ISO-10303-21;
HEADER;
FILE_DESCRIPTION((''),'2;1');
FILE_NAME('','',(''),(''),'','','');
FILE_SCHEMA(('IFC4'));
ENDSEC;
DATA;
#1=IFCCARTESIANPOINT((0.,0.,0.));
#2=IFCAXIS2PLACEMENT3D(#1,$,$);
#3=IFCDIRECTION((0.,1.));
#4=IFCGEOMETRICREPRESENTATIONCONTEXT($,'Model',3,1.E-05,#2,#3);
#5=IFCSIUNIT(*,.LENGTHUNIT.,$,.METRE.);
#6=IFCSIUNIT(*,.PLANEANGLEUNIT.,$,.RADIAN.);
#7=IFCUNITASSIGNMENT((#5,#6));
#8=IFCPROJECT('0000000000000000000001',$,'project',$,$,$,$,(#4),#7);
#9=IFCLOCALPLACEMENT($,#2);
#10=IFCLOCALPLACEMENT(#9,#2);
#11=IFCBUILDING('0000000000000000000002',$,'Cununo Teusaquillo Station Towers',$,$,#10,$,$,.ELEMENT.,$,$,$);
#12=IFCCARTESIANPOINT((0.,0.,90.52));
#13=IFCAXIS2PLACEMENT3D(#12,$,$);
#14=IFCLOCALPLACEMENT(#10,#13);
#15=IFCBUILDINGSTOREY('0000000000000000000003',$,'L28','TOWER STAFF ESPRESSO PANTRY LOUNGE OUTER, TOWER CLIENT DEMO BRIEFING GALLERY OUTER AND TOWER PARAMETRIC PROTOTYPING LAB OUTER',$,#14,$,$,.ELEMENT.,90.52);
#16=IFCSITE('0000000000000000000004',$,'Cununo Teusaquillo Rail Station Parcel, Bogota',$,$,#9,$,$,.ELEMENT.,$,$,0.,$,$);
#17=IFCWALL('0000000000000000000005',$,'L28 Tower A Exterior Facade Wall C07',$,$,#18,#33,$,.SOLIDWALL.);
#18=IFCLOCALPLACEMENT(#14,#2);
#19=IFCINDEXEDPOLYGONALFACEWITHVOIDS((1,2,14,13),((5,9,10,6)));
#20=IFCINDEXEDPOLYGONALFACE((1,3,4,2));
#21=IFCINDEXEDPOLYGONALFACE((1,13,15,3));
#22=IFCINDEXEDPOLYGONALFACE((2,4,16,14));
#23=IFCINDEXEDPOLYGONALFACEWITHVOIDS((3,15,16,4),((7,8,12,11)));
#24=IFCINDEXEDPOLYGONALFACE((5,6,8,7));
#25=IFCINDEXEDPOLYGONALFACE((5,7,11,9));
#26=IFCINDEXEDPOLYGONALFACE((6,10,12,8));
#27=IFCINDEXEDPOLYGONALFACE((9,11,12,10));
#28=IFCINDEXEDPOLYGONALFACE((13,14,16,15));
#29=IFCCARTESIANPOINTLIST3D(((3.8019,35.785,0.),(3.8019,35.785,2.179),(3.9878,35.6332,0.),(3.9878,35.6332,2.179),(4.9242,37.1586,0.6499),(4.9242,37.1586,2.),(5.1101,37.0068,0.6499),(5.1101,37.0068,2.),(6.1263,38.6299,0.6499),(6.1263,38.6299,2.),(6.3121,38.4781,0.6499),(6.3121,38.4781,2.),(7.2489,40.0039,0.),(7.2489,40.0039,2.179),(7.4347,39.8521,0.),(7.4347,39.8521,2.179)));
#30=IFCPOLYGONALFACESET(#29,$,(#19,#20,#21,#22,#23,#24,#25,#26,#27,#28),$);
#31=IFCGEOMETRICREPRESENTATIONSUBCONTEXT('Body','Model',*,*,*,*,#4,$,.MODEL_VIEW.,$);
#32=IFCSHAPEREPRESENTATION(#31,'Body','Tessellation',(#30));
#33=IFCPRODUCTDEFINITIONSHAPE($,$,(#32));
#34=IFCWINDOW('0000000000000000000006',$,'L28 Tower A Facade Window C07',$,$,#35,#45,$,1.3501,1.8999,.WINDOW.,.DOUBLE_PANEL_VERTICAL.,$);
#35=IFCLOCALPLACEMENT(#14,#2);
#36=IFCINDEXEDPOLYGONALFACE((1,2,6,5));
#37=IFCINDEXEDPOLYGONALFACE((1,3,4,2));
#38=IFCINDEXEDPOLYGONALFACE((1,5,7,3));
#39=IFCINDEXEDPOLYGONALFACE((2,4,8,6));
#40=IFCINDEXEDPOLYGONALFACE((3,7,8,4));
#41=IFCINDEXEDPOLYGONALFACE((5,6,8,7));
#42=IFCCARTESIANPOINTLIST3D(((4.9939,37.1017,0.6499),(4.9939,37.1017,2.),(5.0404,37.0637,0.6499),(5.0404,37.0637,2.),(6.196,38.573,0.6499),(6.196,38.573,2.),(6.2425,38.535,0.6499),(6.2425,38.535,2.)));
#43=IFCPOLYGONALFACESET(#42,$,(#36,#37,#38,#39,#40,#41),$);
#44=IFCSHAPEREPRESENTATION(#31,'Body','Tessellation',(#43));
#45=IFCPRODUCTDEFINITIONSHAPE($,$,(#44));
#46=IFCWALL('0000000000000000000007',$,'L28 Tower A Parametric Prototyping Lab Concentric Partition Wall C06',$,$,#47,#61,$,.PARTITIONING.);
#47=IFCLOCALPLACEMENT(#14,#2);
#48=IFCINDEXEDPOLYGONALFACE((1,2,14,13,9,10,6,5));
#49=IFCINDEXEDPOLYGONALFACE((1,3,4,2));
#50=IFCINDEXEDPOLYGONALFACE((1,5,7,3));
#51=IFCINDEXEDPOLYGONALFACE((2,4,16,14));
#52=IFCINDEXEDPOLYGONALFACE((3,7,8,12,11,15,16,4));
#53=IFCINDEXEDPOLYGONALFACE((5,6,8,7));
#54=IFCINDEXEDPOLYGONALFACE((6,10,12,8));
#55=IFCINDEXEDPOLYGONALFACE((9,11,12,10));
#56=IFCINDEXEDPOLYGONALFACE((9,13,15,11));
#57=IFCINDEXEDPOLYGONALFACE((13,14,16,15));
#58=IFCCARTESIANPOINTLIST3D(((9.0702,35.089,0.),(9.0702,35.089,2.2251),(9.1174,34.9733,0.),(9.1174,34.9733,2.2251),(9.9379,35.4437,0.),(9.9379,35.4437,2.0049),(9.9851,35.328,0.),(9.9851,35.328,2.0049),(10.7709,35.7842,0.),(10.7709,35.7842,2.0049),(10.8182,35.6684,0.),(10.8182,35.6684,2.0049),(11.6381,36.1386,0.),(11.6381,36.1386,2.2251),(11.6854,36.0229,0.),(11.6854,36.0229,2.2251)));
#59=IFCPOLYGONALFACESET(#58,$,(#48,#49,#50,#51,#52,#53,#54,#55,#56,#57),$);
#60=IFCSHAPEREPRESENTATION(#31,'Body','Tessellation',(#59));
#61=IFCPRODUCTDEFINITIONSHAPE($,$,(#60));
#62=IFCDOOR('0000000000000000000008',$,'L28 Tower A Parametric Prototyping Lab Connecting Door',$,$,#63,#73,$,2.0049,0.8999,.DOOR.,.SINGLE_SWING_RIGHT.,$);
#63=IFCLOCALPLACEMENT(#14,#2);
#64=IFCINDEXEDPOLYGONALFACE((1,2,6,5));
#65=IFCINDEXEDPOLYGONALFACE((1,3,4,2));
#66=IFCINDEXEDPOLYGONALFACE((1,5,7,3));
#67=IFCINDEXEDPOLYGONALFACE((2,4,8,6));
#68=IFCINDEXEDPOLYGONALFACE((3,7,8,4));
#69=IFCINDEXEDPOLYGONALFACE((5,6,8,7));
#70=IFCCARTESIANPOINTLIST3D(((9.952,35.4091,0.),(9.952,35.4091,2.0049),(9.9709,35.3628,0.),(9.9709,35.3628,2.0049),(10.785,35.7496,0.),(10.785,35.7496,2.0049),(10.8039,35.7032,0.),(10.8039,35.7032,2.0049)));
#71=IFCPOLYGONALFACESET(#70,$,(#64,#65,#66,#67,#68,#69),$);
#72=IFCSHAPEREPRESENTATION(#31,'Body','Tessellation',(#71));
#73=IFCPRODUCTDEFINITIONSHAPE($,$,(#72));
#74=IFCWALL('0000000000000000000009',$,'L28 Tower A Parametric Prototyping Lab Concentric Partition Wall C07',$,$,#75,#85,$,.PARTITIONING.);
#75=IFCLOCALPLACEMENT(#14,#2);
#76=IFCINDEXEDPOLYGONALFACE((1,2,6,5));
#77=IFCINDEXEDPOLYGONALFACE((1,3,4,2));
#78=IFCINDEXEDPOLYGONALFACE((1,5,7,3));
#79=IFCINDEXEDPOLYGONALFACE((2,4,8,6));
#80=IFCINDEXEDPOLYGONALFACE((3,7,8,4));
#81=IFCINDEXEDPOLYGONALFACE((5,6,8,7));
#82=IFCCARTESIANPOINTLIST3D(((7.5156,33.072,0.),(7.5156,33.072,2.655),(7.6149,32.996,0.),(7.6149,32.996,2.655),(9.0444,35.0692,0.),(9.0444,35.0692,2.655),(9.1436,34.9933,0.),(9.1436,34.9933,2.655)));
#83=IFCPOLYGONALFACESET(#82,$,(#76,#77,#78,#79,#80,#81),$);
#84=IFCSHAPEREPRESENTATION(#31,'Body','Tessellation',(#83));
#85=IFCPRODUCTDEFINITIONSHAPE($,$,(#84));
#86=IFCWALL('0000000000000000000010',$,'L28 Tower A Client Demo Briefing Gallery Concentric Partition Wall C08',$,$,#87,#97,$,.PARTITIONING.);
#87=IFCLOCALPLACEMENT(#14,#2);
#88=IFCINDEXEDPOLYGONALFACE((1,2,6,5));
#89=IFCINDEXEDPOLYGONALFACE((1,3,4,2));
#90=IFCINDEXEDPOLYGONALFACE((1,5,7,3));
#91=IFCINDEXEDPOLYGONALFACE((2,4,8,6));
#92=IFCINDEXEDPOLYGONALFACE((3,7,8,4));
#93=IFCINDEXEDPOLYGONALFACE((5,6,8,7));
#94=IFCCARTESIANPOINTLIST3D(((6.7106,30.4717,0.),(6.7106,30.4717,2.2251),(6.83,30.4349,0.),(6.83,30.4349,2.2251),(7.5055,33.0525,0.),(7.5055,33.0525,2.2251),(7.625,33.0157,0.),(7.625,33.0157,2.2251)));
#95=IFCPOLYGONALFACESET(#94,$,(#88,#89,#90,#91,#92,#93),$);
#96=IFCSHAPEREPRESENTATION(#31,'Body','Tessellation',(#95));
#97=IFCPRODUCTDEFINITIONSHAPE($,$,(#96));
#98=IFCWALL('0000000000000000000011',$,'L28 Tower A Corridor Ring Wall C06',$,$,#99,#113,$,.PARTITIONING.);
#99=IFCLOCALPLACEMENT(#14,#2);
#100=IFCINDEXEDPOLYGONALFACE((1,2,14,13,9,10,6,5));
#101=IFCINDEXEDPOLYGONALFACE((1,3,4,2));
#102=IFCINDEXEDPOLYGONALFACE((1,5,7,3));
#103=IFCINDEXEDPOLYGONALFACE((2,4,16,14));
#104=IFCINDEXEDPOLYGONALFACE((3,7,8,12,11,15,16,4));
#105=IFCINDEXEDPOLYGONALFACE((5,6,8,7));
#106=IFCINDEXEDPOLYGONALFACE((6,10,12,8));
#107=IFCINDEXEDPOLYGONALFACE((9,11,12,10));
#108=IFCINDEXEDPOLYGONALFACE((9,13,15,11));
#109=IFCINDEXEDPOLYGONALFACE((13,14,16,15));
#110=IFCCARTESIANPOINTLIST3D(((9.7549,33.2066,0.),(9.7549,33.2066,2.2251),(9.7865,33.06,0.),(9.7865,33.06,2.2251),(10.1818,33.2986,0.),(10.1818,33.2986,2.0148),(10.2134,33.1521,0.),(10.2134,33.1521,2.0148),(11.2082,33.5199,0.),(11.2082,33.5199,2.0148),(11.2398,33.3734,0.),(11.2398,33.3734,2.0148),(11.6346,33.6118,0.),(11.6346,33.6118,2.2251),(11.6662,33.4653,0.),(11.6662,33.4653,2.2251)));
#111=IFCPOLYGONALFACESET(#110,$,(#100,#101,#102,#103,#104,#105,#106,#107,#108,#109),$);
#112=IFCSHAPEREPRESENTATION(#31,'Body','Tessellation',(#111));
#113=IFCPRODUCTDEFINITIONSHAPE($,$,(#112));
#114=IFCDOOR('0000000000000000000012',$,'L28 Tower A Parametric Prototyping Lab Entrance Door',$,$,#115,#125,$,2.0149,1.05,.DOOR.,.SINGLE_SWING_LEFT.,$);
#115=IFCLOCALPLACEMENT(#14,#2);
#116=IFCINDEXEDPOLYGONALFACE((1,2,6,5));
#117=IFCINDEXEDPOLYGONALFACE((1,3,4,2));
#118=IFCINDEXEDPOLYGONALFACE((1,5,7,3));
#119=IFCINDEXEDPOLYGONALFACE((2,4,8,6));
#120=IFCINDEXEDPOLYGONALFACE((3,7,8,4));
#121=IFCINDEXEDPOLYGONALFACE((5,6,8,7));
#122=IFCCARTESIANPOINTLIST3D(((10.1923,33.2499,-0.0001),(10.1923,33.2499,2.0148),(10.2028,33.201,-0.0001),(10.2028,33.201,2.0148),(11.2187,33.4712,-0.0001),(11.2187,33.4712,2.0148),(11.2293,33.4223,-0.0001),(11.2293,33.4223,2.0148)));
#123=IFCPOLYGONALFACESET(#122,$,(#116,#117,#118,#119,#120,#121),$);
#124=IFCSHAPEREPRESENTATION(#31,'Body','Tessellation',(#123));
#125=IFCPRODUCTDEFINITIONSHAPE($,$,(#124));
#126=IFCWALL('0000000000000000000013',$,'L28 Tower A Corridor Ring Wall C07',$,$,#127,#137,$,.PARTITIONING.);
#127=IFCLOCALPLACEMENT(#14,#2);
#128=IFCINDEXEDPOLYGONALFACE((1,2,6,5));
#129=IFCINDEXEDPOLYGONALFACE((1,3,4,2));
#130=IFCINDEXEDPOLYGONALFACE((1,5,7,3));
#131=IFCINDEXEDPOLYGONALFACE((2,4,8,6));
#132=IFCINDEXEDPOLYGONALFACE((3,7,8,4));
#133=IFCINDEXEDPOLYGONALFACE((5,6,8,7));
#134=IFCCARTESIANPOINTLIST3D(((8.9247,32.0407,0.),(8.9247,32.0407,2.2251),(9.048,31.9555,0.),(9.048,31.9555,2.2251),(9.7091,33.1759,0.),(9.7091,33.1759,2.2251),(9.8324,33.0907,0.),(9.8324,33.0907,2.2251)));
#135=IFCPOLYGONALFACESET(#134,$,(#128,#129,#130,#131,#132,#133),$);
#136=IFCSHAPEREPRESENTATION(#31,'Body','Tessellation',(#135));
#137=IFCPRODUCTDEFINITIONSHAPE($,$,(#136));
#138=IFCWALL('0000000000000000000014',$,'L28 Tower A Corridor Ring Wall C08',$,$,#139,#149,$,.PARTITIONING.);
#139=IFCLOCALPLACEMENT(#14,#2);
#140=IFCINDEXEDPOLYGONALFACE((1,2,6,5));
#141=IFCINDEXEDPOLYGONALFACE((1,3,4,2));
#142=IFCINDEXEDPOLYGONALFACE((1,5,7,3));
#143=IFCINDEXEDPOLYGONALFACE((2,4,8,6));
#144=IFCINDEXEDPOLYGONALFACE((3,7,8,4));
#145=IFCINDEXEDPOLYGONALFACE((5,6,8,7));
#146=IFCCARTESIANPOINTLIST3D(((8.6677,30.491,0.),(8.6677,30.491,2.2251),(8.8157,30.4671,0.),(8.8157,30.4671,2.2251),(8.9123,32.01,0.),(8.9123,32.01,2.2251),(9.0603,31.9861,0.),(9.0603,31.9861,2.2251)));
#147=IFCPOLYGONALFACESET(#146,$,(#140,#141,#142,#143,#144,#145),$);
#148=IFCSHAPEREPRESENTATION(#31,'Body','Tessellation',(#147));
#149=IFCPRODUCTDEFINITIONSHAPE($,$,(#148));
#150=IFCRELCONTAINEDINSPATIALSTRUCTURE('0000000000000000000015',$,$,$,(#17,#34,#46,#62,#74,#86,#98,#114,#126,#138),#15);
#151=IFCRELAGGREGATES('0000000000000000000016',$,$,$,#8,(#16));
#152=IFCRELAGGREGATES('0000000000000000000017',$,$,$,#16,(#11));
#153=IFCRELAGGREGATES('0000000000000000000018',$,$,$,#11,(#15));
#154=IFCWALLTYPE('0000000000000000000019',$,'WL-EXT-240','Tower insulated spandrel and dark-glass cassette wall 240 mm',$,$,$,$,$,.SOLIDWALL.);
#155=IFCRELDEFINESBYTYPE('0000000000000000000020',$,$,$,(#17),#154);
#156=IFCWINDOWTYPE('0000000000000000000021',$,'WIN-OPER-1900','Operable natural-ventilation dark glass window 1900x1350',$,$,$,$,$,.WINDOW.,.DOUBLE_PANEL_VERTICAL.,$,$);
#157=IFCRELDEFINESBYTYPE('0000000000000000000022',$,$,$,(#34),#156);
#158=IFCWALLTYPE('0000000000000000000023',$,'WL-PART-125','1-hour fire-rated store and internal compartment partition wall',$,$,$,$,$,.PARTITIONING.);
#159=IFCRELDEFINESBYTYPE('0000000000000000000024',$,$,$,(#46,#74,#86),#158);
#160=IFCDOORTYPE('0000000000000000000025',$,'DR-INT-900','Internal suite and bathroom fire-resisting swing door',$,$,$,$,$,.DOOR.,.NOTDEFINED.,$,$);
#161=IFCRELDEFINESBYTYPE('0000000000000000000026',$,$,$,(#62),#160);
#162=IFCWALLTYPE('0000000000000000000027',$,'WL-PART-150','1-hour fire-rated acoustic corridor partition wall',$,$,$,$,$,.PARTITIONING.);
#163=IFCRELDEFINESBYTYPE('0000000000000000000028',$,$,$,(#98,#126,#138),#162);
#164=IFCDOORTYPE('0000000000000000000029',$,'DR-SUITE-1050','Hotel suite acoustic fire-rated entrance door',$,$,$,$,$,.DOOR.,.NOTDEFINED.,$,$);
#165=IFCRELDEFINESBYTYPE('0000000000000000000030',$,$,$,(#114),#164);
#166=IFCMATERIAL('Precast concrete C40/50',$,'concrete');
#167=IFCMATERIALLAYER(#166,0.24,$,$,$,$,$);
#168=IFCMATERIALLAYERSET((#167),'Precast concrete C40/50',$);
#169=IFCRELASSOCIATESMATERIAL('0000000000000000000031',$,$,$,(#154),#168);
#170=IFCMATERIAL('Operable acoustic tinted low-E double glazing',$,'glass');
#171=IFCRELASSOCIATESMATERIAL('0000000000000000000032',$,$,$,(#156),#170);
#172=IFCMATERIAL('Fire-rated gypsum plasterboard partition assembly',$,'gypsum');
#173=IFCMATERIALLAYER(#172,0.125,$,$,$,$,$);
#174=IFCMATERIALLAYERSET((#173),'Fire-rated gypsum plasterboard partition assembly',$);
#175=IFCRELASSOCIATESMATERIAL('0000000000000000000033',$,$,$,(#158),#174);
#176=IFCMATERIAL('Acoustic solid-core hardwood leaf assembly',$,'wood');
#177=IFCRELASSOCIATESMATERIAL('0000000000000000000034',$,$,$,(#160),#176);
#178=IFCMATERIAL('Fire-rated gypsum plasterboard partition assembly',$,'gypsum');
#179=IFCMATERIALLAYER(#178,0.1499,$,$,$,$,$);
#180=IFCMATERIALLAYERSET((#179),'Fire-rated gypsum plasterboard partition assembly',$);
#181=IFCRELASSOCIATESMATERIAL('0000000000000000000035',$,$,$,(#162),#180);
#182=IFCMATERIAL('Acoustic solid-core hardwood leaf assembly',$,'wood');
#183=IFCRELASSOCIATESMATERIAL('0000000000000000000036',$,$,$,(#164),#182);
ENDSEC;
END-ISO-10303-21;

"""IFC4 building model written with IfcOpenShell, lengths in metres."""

from ifc_helpers import new_model, si_unit, direction, frame, frame_2d, origin, place, context, subcontext, project, spatial, rectangle, extrude, source, transform, mapped, material, layer, layer_set, type_object, element, fill, save


model = new_model("IFC4")

# Units and contexts
model_context = context("Model", 3, precision=1e-05, world=origin(), true_north=direction((0.0, 1.0)))
body_context = subcontext(model_context, "Body", "Model", "MODEL_VIEW")
ifc_project = project(units=[si_unit("LENGTHUNIT", "METRE"), si_unit("PLANEANGLEUNIT", "RADIAN")], contexts=[model_context])

# Site, building, storey
site_placement = place(None, origin())
site = spatial("IfcSite", under=ifc_project, at=site_placement, Name="Cununo Teusaquillo Rail Station Parcel, Bogota", CompositionType="ELEMENT", RefElevation=0.0)
building_placement = place(site_placement, origin())
building = spatial("IfcBuilding", under=site, at=building_placement, Name="Cununo Teusaquillo Station Towers", CompositionType="ELEMENT")
storey_placement = place(building_placement, frame((0.0, 0.0, 90.52)))
storey = spatial("IfcBuildingStorey", under=building, at=storey_placement, Name="L28", Description="TOWER STAFF ESPRESSO PANTRY LOUNGE OUTER, TOWER CLIENT DEMO BRIEFING GALLERY OUTER AND TOWER PARAMETRIC PROTOTYPING LAB OUTER", CompositionType="ELEMENT", Elevation=90.52)

# Shared definitions
ifc_material_1 = material(Name="Precast concrete C40/50", Category="concrete")
ifc_layer_1 = layer(ifc_material_1, 0.24)
ifc_layer_set_1 = layer_set([ifc_layer_1], Name="Precast concrete C40/50")
wall_type_1 = type_object("IfcWallType", Name="WL-EXT-240", Description="Tower insulated spandrel and dark-glass cassette wall 240 mm", PredefinedType="SOLIDWALL", material=ifc_layer_set_1)
shared_shape_1 = source(origin(), body_context, "Body", "SweptSolid", [
    extrude(rectangle(XDim=1.8999, YDim=1.3501, at=frame_2d((0.95, 0.675))), frame((0.0, 0.1299, 0.0), z_axis=(0.0, -1.0, 0.0), x_axis=(1.0, 0.0, 0.0)), (0.0, 0.0, 1.0), 0.26),
])
ifc_material_2 = material(Name="Operable acoustic tinted low-E double glazing", Category="glass")
window_type_1 = type_object("IfcWindowType", Name="WIN-OPER-1900", Description="Operable natural-ventilation dark glass window 1900x1350", PartitioningType="DOUBLE_PANEL_VERTICAL", PredefinedType="WINDOW", material=ifc_material_2)
shared_shape_2 = source(origin(), body_context, "Body", "SweptSolid", [
    extrude(rectangle(XDim=1.8999, YDim=1.3501, at=frame_2d((0.95, 0.675))), frame((0.0, 0.03, 0.0), z_axis=(0.0, -1.0, 0.0), x_axis=(1.0, 0.0, 0.0)), (0.0, 0.0, 1.0), 0.0601),
])

# Wall, opening, window
wall_1_placement = place(storey_placement, frame((3.8948, 35.709, 0.0), z_axis=(0.0, 0.0, 1.0), x_axis=(0.632701, 0.774396, 0.0)))
wall_1 = element("IfcWall", 1, at=wall_1_placement, inside=storey, type_object=wall_type_1, Name="L28 Tower A Exterior Facade Wall C07", PredefinedType="SOLIDWALL", context=body_context, shape_type="SweptSolid", body=[
    extrude(rectangle(XDim=5.448, YDim=0.24, at=frame_2d((2.7241, 0.0))), origin(), (0.0, 0.0, 1.0), 2.179),
])
opening_1_placement = place(wall_1_placement, frame((1.7739, 0.0, 0.6499)))
opening_1 = element("IfcOpeningElement", 2, at=opening_1_placement, cuts=wall_1, PredefinedType="OPENING", context=body_context, shape_type="MappedRepresentation", body=[
    mapped(shared_shape_1, transform((0.0, 0.0, 0.0), x_axis=(1.0, 0.0, 0.0), y_axis=(0.0, 1.0, 0.0), z_axis=(0.0, 0.0, 1.0), scale=1.0)),
])
window_1_placement = place(opening_1_placement, origin())
window_1 = element("IfcWindow", 3, at=window_1_placement, inside=storey, type_object=window_type_1, Name="L28 Tower A Facade Window C07", OverallHeight=1.3501, OverallWidth=1.8999, PartitioningType="DOUBLE_PANEL_VERTICAL", PredefinedType="WINDOW", context=body_context, shape_type="MappedRepresentation", body=[
    mapped(shared_shape_2, transform((0.0, 0.0, 0.0), x_axis=(1.0, 0.0, 0.0), y_axis=(0.0, 1.0, 0.0), z_axis=(0.0, 0.0, 1.0), scale=1.0)),
])
fill(opening_1, window_1)

# Wall, opening, door
ifc_material_3 = material(Name="Fire-rated gypsum plasterboard partition assembly", Category="gypsum")
ifc_layer_2 = layer(ifc_material_3, 0.125)
ifc_layer_set_2 = layer_set([ifc_layer_2], Name="Fire-rated gypsum plasterboard partition assembly")
wall_type_2 = type_object("IfcWallType", Name="WL-PART-125", Description="1-hour fire-rated store and internal compartment partition wall", PredefinedType="PARTITIONING", material=ifc_layer_set_2)
wall_2_placement = place(storey_placement, frame((11.6619, 36.0808, 0.0), z_axis=(0.0, 0.0, 1.0), x_axis=(-0.925665, -0.378345, 0.0)))
wall_2 = element("IfcWall", 4, at=wall_2_placement, inside=storey, type_object=wall_type_2, Name="L28 Tower A Parametric Prototyping Lab Concentric Partition Wall C06", PredefinedType="PARTITIONING", context=body_context, shape_type="SweptSolid", body=[
    extrude(rectangle(XDim=2.7742, YDim=0.125, at=frame_2d((1.3872, 0.0))), origin(), (0.0, 0.0, 1.0), 2.2251),
])
shared_shape_3 = source(origin(), body_context, "Body", "SweptSolid", [
    extrude(rectangle(XDim=0.8999, YDim=2.0049, at=frame_2d((0.45, 1.0024))), frame((0.0, 0.0725, 0.0), z_axis=(0.0, -1.0, 0.0), x_axis=(1.0, 0.0, 0.0)), (0.0, 0.0, 1.0), 0.145),
])
opening_2_placement = place(wall_2_placement, frame((0.937, 0.0, 0.0)))
opening_2 = element("IfcOpeningElement", 5, at=opening_2_placement, cuts=wall_2, PredefinedType="OPENING", context=body_context, shape_type="MappedRepresentation", body=[
    mapped(shared_shape_3, transform((0.0, 0.0, 0.0), x_axis=(1.0, 0.0, 0.0), y_axis=(0.0, 1.0, 0.0), z_axis=(0.0, 0.0, 1.0), scale=1.0)),
])
ifc_material_4 = material(Name="Acoustic solid-core hardwood leaf assembly", Category="wood")
door_type_1 = type_object("IfcDoorType", Name="DR-INT-900", Description="Internal suite and bathroom fire-resisting swing door", OperationType="NOTDEFINED", PredefinedType="DOOR", material=ifc_material_4)
shared_shape_4 = source(origin(), body_context, "Body", "SweptSolid", [
    extrude(rectangle(XDim=0.8999, YDim=2.0049, at=frame_2d((0.45, 1.0024))), frame((0.0, 0.0249, 0.0), z_axis=(0.0, -1.0, 0.0), x_axis=(1.0, 0.0, 0.0)), (0.0, 0.0, 1.0), 0.05),
])
door_1_placement = place(opening_2_placement, origin())
door_1 = element("IfcDoor", 6, at=door_1_placement, inside=storey, type_object=door_type_1, Name="L28 Tower A Parametric Prototyping Lab Connecting Door", OperationType="SINGLE_SWING_RIGHT", OverallHeight=2.0049, OverallWidth=0.8999, PredefinedType="DOOR", context=body_context, shape_type="MappedRepresentation", body=[
    mapped(shared_shape_4, transform((0.0, 0.0, 0.0), x_axis=(1.0, 0.0, 0.0), y_axis=(0.0, 1.0, 0.0), z_axis=(0.0, 0.0, 1.0), scale=1.0)),
])
fill(opening_2, door_1)

# Walls
wall_3_placement = place(storey_placement, frame((9.094, 35.0312, 0.0), z_axis=(0.0, 0.0, 1.0), x_axis=(-0.607814, -0.794079, 0.0)))
element("IfcWall", 7, at=wall_3_placement, inside=storey, type_object=wall_type_2, Name="L28 Tower A Parametric Prototyping Lab Concentric Partition Wall C07", PredefinedType="PARTITIONING", context=body_context, shape_type="SweptSolid", body=[
    extrude(rectangle(XDim=2.5151, YDim=0.125, at=frame_2d((1.2576, 0.0))), origin(), (0.0, 0.0, 1.0), 2.655),
])
wall_4_placement = place(storey_placement, frame((7.5652, 33.0339, 0.0), z_axis=(0.0, 0.0, 1.0), x_axis=(-0.294365, -0.955693, 0.0)))
element("IfcWall", 8, at=wall_4_placement, inside=storey, type_object=wall_type_2, Name="L28 Tower A Client Demo Briefing Gallery Concentric Partition Wall C08", PredefinedType="PARTITIONING", context=body_context, shape_type="SweptSolid", body=[
    extrude(rectangle(XDim=2.7004, YDim=0.125, at=frame_2d((1.3501, 0.0))), origin(), (0.0, 0.0, 1.0), 2.2251),
])

# Wall, opening, door
ifc_material_5 = material(Name="Fire-rated gypsum plasterboard partition assembly", Category="gypsum")
ifc_layer_3 = layer(ifc_material_5, 0.1499)
ifc_layer_set_3 = layer_set([ifc_layer_3], Name="Fire-rated gypsum plasterboard partition assembly")
wall_type_3 = type_object("IfcWallType", Name="WL-PART-150", Description="1-hour fire-rated acoustic corridor partition wall", PredefinedType="PARTITIONING", material=ifc_layer_set_3)
wall_5_placement = place(storey_placement, frame((11.6504, 33.5386, 0.0), z_axis=(0.0, 0.0, 1.0), x_axis=(-0.977536, -0.210769, 0.0)))
wall_5 = element("IfcWall", 9, at=wall_5_placement, inside=storey, type_object=wall_type_3, Name="L28 Tower A Corridor Ring Wall C06", PredefinedType="PARTITIONING", context=body_context, shape_type="SweptSolid", body=[
    extrude(rectangle(XDim=1.9229, YDim=0.1499, at=frame_2d((0.9614, 0.0))), origin(), (0.0, 0.0, 1.0), 2.2251),
])
shared_shape_5 = source(origin(), body_context, "Body", "SweptSolid", [
    extrude(rectangle(XDim=1.05, YDim=2.0149, at=frame_2d((0.5249, 1.0073))), frame((0.0, 0.085, 0.0), z_axis=(0.0, -1.0, 0.0), x_axis=(1.0, 0.0, 0.0)), (0.0, 0.0, 1.0), 0.1699),
])
opening_3_placement = place(wall_5_placement, frame((0.4363, 0.0, 0.0)))
opening_3 = element("IfcOpeningElement", 10, at=opening_3_placement, cuts=wall_5, PredefinedType="OPENING", context=body_context, shape_type="MappedRepresentation", body=[
    mapped(shared_shape_5, transform((0.0, 0.0, 0.0), x_axis=(1.0, 0.0, 0.0), y_axis=(0.0, 1.0, 0.0), z_axis=(0.0, 0.0, 1.0), scale=1.0)),
])
ifc_material_6 = material(Name="Acoustic solid-core hardwood leaf assembly", Category="wood")
door_type_2 = type_object("IfcDoorType", Name="DR-SUITE-1050", Description="Hotel suite acoustic fire-rated entrance door", OperationType="NOTDEFINED", PredefinedType="DOOR", material=ifc_material_6)
shared_shape_6 = source(origin(), body_context, "Body", "SweptSolid", [
    extrude(rectangle(XDim=1.05, YDim=2.0149, at=frame_2d((0.5249, 1.0073))), frame((0.0, 0.0249, 0.0), z_axis=(0.0, -1.0, 0.0), x_axis=(1.0, 0.0, 0.0)), (0.0, 0.0, 1.0), 0.05),
])
door_2_placement = place(opening_3_placement, origin())
door_2 = element("IfcDoor", 11, at=door_2_placement, inside=storey, type_object=door_type_2, Name="L28 Tower A Parametric Prototyping Lab Entrance Door", OperationType="SINGLE_SWING_LEFT", OverallHeight=2.0149, OverallWidth=1.05, PredefinedType="DOOR", context=body_context, shape_type="MappedRepresentation", body=[
    mapped(shared_shape_6, transform((0.0, 0.0, 0.0), x_axis=(1.0, 0.0, 0.0), y_axis=(0.0, 1.0, 0.0), z_axis=(0.0, 0.0, 1.0), scale=1.0)),
])
fill(opening_3, door_2)

# Walls
wall_6_placement = place(storey_placement, frame((9.7708, 33.1333, 0.0), z_axis=(0.0, 0.0, 1.0), x_axis=(-0.568465, -0.822708, 0.0)))
element("IfcWall", 12, at=wall_6_placement, inside=storey, type_object=wall_type_3, Name="L28 Tower A Corridor Ring Wall C07", PredefinedType="PARTITIONING", context=body_context, shape_type="SweptSolid", body=[
    extrude(rectangle(XDim=1.3799, YDim=0.1499, at=frame_2d((0.6899, 0.0))), origin(), (0.0, 0.0, 1.0), 2.2251),
])
wall_7_placement = place(storey_placement, frame((8.9863, 31.998, 0.0), z_axis=(0.0, 0.0, 1.0), x_axis=(-0.158993, -0.98728, 0.0)))
element("IfcWall", 13, at=wall_7_placement, inside=storey, type_object=wall_type_3, Name="L28 Tower A Corridor Ring Wall C08", PredefinedType="PARTITIONING", context=body_context, shape_type="SweptSolid", body=[
    extrude(rectangle(XDim=1.5386, YDim=0.1499, at=frame_2d((0.7693, 0.0))), origin(), (0.0, 0.0, 1.0), 2.2251),
])

save(model, "model.ifc")
